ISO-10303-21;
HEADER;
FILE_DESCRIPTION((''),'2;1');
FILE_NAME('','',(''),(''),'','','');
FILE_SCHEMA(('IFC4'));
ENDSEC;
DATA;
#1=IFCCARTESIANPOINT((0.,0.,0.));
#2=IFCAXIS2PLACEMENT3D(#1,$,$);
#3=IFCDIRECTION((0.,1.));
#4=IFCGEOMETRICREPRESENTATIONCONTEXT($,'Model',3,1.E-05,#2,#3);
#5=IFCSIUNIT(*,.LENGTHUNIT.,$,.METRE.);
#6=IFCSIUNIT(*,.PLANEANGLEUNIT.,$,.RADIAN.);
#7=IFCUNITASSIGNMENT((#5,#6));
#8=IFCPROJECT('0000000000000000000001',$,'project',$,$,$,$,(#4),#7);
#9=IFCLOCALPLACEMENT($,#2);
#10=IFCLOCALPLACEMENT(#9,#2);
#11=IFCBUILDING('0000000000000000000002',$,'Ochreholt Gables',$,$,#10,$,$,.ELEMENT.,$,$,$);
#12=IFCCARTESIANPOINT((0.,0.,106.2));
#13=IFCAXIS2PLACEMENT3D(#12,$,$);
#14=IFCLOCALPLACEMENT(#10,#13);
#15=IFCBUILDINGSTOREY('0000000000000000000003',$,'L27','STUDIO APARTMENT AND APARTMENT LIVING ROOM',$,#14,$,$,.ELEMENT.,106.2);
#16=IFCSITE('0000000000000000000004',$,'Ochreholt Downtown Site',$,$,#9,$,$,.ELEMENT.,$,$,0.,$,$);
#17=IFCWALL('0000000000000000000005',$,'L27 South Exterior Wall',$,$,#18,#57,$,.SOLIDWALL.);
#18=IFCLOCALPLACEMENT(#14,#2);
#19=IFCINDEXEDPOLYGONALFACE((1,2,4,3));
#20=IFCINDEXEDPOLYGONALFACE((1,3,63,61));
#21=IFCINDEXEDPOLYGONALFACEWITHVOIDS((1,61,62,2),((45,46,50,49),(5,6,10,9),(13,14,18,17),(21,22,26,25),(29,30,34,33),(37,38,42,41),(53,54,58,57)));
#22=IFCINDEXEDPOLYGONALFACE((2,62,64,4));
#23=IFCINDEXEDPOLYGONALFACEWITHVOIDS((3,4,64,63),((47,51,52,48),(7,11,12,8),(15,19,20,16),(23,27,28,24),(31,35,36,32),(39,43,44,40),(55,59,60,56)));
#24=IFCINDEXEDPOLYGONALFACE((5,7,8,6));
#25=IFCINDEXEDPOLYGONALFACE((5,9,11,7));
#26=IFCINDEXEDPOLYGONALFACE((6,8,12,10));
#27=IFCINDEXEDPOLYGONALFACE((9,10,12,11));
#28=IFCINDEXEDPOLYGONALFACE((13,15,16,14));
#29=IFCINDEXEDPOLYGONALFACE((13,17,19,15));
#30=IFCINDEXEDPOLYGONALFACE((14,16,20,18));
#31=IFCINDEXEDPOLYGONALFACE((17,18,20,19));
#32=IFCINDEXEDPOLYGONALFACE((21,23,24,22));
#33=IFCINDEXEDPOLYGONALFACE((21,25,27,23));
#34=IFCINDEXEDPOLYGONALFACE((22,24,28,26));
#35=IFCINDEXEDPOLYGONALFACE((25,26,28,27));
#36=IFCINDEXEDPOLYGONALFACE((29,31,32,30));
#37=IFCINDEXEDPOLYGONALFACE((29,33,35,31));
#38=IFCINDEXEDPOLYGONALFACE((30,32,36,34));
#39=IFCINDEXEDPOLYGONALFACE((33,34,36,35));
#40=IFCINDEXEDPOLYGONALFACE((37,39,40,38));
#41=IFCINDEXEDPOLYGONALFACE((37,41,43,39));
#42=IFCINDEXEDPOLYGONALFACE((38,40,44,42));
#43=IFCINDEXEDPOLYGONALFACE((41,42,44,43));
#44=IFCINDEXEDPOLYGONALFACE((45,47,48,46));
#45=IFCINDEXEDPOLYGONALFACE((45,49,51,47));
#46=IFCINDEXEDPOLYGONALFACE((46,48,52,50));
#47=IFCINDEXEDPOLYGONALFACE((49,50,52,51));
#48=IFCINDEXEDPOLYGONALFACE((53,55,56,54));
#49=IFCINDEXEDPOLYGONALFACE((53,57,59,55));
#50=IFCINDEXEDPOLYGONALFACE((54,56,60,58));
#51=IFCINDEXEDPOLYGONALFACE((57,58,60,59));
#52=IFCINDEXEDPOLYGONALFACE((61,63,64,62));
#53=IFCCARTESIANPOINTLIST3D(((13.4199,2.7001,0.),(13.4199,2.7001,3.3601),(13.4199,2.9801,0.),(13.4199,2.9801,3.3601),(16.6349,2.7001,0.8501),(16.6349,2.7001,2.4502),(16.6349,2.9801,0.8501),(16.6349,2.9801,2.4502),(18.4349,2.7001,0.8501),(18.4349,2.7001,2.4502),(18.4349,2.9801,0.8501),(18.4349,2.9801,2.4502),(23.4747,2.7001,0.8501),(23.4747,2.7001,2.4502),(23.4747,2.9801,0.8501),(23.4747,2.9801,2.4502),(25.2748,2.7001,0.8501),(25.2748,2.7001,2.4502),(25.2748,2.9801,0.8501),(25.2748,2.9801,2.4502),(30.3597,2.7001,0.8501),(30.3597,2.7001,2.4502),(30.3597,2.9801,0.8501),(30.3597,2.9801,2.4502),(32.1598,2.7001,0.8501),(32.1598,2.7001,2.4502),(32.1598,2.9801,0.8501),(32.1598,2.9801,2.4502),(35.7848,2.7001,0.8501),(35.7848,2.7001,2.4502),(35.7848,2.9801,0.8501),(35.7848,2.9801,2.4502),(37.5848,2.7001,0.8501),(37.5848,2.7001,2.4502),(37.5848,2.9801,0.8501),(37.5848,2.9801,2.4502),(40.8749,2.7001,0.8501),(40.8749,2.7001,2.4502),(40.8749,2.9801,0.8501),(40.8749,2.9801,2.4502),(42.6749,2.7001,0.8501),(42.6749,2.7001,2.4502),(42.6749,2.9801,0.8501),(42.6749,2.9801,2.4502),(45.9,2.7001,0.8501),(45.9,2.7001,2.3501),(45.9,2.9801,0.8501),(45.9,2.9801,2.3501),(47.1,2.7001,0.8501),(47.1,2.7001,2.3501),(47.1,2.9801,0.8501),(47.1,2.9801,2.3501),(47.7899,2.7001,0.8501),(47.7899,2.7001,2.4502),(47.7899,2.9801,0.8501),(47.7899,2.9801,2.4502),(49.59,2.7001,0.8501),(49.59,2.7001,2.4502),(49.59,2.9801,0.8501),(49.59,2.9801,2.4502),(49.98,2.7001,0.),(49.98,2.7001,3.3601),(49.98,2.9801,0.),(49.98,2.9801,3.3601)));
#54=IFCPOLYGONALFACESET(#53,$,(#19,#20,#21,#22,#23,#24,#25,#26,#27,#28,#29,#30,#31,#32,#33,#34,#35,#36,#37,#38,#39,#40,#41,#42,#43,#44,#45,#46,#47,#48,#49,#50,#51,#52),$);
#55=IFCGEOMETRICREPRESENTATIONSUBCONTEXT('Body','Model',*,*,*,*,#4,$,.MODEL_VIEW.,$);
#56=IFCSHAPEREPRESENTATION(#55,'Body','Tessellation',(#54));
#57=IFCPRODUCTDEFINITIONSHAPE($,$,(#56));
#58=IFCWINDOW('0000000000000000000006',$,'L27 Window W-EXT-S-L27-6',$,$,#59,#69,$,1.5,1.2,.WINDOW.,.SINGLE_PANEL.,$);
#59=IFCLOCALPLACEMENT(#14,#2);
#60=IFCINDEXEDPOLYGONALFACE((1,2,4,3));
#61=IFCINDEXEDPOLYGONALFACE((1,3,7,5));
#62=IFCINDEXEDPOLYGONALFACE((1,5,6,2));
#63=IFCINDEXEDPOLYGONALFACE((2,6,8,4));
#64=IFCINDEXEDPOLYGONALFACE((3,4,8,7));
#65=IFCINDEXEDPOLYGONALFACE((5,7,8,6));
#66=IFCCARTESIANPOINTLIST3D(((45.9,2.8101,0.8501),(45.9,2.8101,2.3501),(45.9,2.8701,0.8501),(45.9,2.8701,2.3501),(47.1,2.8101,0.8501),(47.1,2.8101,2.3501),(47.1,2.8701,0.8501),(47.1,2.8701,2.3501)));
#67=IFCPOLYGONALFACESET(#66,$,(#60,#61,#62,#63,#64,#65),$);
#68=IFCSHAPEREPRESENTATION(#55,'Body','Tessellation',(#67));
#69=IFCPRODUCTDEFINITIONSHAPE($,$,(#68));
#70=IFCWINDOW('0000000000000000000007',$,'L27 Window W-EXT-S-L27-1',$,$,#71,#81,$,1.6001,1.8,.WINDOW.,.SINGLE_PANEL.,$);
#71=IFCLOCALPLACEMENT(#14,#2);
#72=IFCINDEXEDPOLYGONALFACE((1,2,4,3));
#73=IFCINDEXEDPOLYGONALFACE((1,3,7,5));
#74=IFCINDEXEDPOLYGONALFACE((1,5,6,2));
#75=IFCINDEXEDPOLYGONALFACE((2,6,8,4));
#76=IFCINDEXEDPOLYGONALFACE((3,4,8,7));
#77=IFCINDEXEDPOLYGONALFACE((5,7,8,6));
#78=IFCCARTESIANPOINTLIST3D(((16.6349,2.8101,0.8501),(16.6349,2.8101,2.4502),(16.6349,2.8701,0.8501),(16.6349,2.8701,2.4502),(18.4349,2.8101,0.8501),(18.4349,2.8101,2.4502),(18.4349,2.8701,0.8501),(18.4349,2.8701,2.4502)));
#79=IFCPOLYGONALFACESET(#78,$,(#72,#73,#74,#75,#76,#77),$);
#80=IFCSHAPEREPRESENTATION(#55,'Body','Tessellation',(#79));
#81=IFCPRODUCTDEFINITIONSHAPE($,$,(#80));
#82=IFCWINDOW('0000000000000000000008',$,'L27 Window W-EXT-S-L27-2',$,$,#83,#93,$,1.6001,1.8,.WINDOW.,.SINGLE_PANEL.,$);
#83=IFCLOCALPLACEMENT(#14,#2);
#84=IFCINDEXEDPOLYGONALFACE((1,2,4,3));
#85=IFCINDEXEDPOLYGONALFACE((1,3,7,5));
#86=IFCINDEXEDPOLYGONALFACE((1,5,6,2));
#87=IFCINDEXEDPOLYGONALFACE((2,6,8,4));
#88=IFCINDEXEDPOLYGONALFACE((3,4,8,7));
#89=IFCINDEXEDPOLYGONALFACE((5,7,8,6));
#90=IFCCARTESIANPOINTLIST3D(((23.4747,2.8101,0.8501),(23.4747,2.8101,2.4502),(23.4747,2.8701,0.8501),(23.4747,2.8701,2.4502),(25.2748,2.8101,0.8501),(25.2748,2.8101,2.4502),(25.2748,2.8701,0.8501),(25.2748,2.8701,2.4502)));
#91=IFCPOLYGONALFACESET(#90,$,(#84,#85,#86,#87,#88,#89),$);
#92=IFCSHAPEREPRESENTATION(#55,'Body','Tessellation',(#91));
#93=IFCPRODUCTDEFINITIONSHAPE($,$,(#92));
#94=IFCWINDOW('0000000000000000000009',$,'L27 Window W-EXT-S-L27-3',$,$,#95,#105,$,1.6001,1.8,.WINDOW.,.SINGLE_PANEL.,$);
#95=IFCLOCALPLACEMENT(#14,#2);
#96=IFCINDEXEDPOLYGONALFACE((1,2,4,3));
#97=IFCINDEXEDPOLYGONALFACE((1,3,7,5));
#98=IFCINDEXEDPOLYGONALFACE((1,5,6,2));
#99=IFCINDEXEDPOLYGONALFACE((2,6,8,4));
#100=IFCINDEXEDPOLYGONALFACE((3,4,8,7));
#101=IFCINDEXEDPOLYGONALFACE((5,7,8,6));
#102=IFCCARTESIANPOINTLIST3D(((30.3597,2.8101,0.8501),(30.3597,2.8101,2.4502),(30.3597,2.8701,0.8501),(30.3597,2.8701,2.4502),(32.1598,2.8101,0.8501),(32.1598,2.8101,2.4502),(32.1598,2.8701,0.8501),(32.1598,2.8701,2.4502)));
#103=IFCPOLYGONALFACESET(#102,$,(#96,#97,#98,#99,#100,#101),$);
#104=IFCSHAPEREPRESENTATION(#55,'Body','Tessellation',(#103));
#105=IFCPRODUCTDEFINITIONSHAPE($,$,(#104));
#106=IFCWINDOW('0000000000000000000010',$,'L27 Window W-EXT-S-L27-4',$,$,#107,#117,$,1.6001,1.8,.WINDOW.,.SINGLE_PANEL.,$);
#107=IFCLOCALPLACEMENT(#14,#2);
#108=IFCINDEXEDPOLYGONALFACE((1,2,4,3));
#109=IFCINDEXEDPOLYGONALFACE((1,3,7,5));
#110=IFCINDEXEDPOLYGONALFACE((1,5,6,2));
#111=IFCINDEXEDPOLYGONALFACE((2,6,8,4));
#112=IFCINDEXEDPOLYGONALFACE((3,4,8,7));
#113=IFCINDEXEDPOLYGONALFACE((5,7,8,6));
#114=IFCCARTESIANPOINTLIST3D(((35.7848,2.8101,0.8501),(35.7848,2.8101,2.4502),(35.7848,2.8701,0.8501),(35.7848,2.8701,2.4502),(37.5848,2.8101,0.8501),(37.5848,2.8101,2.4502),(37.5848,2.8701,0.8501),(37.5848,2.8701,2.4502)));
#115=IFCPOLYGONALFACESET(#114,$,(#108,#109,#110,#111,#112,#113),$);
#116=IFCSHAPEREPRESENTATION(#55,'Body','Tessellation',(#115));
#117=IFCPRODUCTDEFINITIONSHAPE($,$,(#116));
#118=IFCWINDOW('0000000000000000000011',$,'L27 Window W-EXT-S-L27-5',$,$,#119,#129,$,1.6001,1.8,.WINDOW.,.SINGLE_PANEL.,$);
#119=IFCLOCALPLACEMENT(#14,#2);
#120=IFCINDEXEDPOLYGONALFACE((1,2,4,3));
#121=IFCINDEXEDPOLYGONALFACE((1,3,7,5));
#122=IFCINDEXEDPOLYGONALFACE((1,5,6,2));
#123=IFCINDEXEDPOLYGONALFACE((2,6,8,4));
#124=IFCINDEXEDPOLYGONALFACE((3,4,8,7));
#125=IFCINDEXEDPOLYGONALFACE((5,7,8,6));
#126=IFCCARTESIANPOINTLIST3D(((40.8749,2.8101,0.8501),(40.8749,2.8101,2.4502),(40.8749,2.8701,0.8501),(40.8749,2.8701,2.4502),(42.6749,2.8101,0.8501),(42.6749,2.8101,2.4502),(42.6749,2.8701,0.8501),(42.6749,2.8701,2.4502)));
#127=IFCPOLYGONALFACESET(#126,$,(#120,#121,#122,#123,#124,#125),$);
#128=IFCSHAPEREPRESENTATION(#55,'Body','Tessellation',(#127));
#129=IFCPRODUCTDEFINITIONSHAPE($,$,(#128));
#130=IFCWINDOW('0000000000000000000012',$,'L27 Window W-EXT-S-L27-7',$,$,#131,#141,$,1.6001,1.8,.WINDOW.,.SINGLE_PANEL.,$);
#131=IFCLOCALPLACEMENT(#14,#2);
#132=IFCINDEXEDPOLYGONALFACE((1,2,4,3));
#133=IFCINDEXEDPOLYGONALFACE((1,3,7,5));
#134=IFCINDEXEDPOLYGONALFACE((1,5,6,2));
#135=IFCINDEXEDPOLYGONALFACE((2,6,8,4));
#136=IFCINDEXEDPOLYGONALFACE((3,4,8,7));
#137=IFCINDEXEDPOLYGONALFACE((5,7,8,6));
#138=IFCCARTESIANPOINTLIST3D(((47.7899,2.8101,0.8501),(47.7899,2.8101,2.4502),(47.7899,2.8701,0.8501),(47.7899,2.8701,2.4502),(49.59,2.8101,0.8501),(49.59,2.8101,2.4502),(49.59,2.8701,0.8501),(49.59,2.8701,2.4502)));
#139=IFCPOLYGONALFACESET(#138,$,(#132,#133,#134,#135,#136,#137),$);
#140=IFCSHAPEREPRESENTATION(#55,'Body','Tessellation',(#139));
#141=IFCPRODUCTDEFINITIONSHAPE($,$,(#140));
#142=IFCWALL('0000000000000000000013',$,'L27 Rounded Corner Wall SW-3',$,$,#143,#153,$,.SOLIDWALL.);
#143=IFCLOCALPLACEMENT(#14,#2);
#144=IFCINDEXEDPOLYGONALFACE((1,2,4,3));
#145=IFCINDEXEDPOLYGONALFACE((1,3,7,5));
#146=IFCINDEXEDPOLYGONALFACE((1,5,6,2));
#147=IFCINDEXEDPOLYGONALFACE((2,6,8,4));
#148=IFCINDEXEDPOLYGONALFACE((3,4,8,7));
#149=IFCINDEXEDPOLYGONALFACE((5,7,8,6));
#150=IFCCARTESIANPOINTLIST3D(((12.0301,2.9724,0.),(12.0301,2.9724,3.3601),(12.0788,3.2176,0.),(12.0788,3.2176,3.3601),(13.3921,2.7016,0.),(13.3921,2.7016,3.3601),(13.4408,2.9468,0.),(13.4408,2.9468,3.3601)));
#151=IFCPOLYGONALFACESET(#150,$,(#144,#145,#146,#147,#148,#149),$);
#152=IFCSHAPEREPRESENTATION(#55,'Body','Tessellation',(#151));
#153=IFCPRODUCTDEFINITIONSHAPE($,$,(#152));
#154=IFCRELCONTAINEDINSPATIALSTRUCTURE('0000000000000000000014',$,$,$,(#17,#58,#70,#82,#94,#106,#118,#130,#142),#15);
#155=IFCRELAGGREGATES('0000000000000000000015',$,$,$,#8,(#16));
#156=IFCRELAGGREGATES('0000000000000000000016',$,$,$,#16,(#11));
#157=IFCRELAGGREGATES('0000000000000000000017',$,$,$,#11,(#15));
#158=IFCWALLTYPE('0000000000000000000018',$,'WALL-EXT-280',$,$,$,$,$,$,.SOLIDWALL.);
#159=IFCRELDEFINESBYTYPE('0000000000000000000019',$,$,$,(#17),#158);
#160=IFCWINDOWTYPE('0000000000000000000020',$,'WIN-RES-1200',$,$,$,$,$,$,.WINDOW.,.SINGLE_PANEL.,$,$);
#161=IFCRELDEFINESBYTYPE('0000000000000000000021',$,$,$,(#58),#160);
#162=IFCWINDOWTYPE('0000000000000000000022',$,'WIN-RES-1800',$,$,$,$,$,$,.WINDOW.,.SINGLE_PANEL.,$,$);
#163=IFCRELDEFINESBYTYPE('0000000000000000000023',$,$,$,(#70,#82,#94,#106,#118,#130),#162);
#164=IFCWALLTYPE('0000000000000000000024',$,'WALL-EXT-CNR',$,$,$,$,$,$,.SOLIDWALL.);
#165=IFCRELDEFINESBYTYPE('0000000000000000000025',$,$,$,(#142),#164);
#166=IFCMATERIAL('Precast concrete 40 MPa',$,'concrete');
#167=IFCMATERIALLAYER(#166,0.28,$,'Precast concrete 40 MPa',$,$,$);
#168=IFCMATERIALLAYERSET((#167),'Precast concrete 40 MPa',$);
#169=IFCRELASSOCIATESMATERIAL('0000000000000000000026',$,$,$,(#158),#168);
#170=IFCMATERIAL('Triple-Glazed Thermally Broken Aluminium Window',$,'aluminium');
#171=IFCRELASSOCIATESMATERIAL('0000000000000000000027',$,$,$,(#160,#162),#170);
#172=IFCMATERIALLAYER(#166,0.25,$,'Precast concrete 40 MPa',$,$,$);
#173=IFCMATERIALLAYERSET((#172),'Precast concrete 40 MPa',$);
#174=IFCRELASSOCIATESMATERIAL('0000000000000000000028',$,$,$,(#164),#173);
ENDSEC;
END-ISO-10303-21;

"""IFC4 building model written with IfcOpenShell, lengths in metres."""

from ifc_helpers import new_model, si_unit, direction, frame, frame_2d, origin, place, context, subcontext, project, spatial, rectangle, extrude, material, layer, layer_set, type_object, element, fill, save


model = new_model("IFC4")

# Units and contexts
model_context = context("Model", 3, precision=1e-05, world=origin(), true_north=direction((0.0, 1.0)))
body_context = subcontext(model_context, "Body", "Model", "MODEL_VIEW")
ifc_project = project(units=[si_unit("LENGTHUNIT", "METRE"), si_unit("PLANEANGLEUNIT", "RADIAN")], contexts=[model_context])

# Site, building, storey
site_placement = place(None, origin())
site = spatial("IfcSite", under=ifc_project, at=site_placement, Name="Ochreholt Downtown Site", CompositionType="ELEMENT", RefElevation=0.0)
building_placement = place(site_placement, origin())
building = spatial("IfcBuilding", under=site, at=building_placement, Name="Ochreholt Gables", CompositionType="ELEMENT")
storey_placement = place(building_placement, frame((0.0, 0.0, 106.2)))
storey = spatial("IfcBuildingStorey", under=building, at=storey_placement, Name="L27", Description="STUDIO APARTMENT AND APARTMENT LIVING ROOM", CompositionType="ELEMENT", Elevation=106.2)

# Wall, openings, windows
ifc_material_1 = material(Name="Precast concrete 40 MPa", Category="concrete")
ifc_layer_1 = layer(ifc_material_1, 0.28, Name="Precast concrete 40 MPa")
ifc_layer_set_1 = layer_set([ifc_layer_1], Name="Precast concrete 40 MPa")
wall_type_1 = type_object("IfcWallType", Name="WALL-EXT-280", PredefinedType="SOLIDWALL", material=ifc_layer_set_1)
wall_1_placement = place(storey_placement, frame((13.4199, 2.8401, 0.0), z_axis=(0.0, 0.0, 1.0), x_axis=(1.0, 0.0, 0.0)))
wall_1 = element("IfcWall", 1, at=wall_1_placement, inside=storey, type_object=wall_type_1, Name="L27 South Exterior Wall", PredefinedType="SOLIDWALL", context=body_context, shape_type="SweptSolid", body=[
    extrude(rectangle(XDim=36.5601, YDim=0.28, at=frame_2d((18.28, 0.0))), origin(), (0.0, 0.0, 1.0), 3.3601),
])
opening_1_placement = place(wall_1_placement, frame((3.2151, 0.0, 0.8501)))
opening_1 = element("IfcOpeningElement", 2, at=opening_1_placement, cuts=wall_1, PredefinedType="OPENING", context=body_context, shape_type="SweptSolid", body=[
    extrude(rectangle(XDim=1.8, YDim=1.6001, at=frame_2d((0.8999, 0.8))), frame((0.0, 0.1499, 0.0), z_axis=(0.0, -1.0, 0.0), x_axis=(1.0, 0.0, 0.0)), (0.0, 0.0, 1.0), 0.3),
])
opening_2_placement = place(wall_1_placement, frame((10.0549, 0.0, 0.8501)))
opening_2 = element("IfcOpeningElement", 3, at=opening_2_placement, cuts=wall_1, PredefinedType="OPENING", context=body_context, shape_type="SweptSolid", body=[
    extrude(rectangle(XDim=1.8, YDim=1.6001, at=frame_2d((0.8999, 0.8))), frame((0.0, 0.1499, 0.0), z_axis=(0.0, -1.0, 0.0), x_axis=(1.0, 0.0, 0.0)), (0.0, 0.0, 1.0), 0.3),
])
opening_3_placement = place(wall_1_placement, frame((16.9399, 0.0, 0.8501)))
opening_3 = element("IfcOpeningElement", 4, at=opening_3_placement, cuts=wall_1, PredefinedType="OPENING", context=body_context, shape_type="SweptSolid", body=[
    extrude(rectangle(XDim=1.8, YDim=1.6001, at=frame_2d((0.8999, 0.8))), frame((0.0, 0.1499, 0.0), z_axis=(0.0, -1.0, 0.0), x_axis=(1.0, 0.0, 0.0)), (0.0, 0.0, 1.0), 0.3),
])
opening_4_placement = place(wall_1_placement, frame((22.365, 0.0, 0.8501)))
opening_4 = element("IfcOpeningElement", 5, at=opening_4_placement, cuts=wall_1, PredefinedType="OPENING", context=body_context, shape_type="SweptSolid", body=[
    extrude(rectangle(XDim=1.8, YDim=1.6001, at=frame_2d((0.8999, 0.8))), frame((0.0, 0.1499, 0.0), z_axis=(0.0, -1.0, 0.0), x_axis=(1.0, 0.0, 0.0)), (0.0, 0.0, 1.0), 0.3),
])
opening_5_placement = place(wall_1_placement, frame((27.4551, 0.0, 0.8501)))
opening_5 = element("IfcOpeningElement", 6, at=opening_5_placement, cuts=wall_1, PredefinedType="OPENING", context=body_context, shape_type="SweptSolid", body=[
    extrude(rectangle(XDim=1.8, YDim=1.6001, at=frame_2d((0.8999, 0.8))), frame((0.0, 0.1499, 0.0), z_axis=(0.0, -1.0, 0.0), x_axis=(1.0, 0.0, 0.0)), (0.0, 0.0, 1.0), 0.3),
])
opening_6_placement = place(wall_1_placement, frame((32.48, 0.0, 0.8501)))
opening_6 = element("IfcOpeningElement", 7, at=opening_6_placement, cuts=wall_1, PredefinedType="OPENING", context=body_context, shape_type="SweptSolid", body=[
    extrude(rectangle(XDim=1.2, YDim=1.5, at=frame_2d((0.6001, 0.75))), frame((0.0, 0.1499, 0.0), z_axis=(0.0, -1.0, 0.0), x_axis=(1.0, 0.0, 0.0)), (0.0, 0.0, 1.0), 0.3),
])
opening_7_placement = place(wall_1_placement, frame((34.3701, 0.0, 0.8501)))
opening_7 = element("IfcOpeningElement", 8, at=opening_7_placement, cuts=wall_1, PredefinedType="OPENING", context=body_context, shape_type="SweptSolid", body=[
    extrude(rectangle(XDim=1.8, YDim=1.6001, at=frame_2d((0.8999, 0.8))), frame((0.0, 0.1499, 0.0), z_axis=(0.0, -1.0, 0.0), x_axis=(1.0, 0.0, 0.0)), (0.0, 0.0, 1.0), 0.3),
])
ifc_material_2 = material(Name="Triple-Glazed Thermally Broken Aluminium Window", Category="aluminium")
window_type_1 = type_object("IfcWindowType", Name="WIN-RES-1200", PartitioningType="SINGLE_PANEL", PredefinedType="WINDOW", material=ifc_material_2)
window_1_placement = place(opening_6_placement, origin())
window_1 = element("IfcWindow", 9, at=window_1_placement, inside=storey, type_object=window_type_1, Name="L27 Window W-EXT-S-L27-6", OverallHeight=1.5, OverallWidth=1.2, PartitioningType="SINGLE_PANEL", PredefinedType="WINDOW", context=body_context, shape_type="SweptSolid", body=[
    extrude(rectangle(XDim=1.2, YDim=1.5, at=frame_2d((0.6001, 0.75))), frame((0.0, 0.03, 0.0), z_axis=(0.0, -1.0, 0.0), x_axis=(1.0, 0.0, 0.0)), (0.0, 0.0, 1.0), 0.0601),
])
fill(opening_6, window_1)
window_type_2 = type_object("IfcWindowType", Name="WIN-RES-1800", PartitioningType="SINGLE_PANEL", PredefinedType="WINDOW", material=ifc_material_2)
window_2_placement = place(opening_1_placement, origin())
window_2 = element("IfcWindow", 10, at=window_2_placement, inside=storey, type_object=window_type_2, Name="L27 Window W-EXT-S-L27-1", OverallHeight=1.6001, OverallWidth=1.8, PartitioningType="SINGLE_PANEL", PredefinedType="WINDOW", context=body_context, shape_type="SweptSolid", body=[
    extrude(rectangle(XDim=1.8, YDim=1.6001, at=frame_2d((0.8999, 0.8))), frame((0.0, 0.03, 0.0), z_axis=(0.0, -1.0, 0.0), x_axis=(1.0, 0.0, 0.0)), (0.0, 0.0, 1.0), 0.0601),
])
fill(opening_1, window_2)
window_3_placement = place(opening_2_placement, origin())
window_3 = element("IfcWindow", 11, at=window_3_placement, inside=storey, type_object=window_type_2, Name="L27 Window W-EXT-S-L27-2", OverallHeight=1.6001, OverallWidth=1.8, PartitioningType="SINGLE_PANEL", PredefinedType="WINDOW", context=body_context, shape_type="SweptSolid", body=[
    extrude(rectangle(XDim=1.8, YDim=1.6001, at=frame_2d((0.8999, 0.8))), frame((0.0, 0.03, 0.0), z_axis=(0.0, -1.0, 0.0), x_axis=(1.0, 0.0, 0.0)), (0.0, 0.0, 1.0), 0.0601),
])
fill(opening_2, window_3)
window_4_placement = place(opening_3_placement, origin())
window_4 = element("IfcWindow", 12, at=window_4_placement, inside=storey, type_object=window_type_2, Name="L27 Window W-EXT-S-L27-3", OverallHeight=1.6001, OverallWidth=1.8, PartitioningType="SINGLE_PANEL", PredefinedType="WINDOW", context=body_context, shape_type="SweptSolid", body=[
    extrude(rectangle(XDim=1.8, YDim=1.6001, at=frame_2d((0.8999, 0.8))), frame((0.0, 0.03, 0.0), z_axis=(0.0, -1.0, 0.0), x_axis=(1.0, 0.0, 0.0)), (0.0, 0.0, 1.0), 0.0601),
])
fill(opening_3, window_4)
window_5_placement = place(opening_4_placement, origin())
window_5 = element("IfcWindow", 13, at=window_5_placement, inside=storey, type_object=window_type_2, Name="L27 Window W-EXT-S-L27-4", OverallHeight=1.6001, OverallWidth=1.8, PartitioningType="SINGLE_PANEL", PredefinedType="WINDOW", context=body_context, shape_type="SweptSolid", body=[
    extrude(rectangle(XDim=1.8, YDim=1.6001, at=frame_2d((0.8999, 0.8))), frame((0.0, 0.03, 0.0), z_axis=(0.0, -1.0, 0.0), x_axis=(1.0, 0.0, 0.0)), (0.0, 0.0, 1.0), 0.0601),
])
fill(opening_4, window_5)
window_6_placement = place(opening_5_placement, origin())
window_6 = element("IfcWindow", 14, at=window_6_placement, inside=storey, type_object=window_type_2, Name="L27 Window W-EXT-S-L27-5", OverallHeight=1.6001, OverallWidth=1.8, PartitioningType="SINGLE_PANEL", PredefinedType="WINDOW", context=body_context, shape_type="SweptSolid", body=[
    extrude(rectangle(XDim=1.8, YDim=1.6001, at=frame_2d((0.8999, 0.8))), frame((0.0, 0.03, 0.0), z_axis=(0.0, -1.0, 0.0), x_axis=(1.0, 0.0, 0.0)), (0.0, 0.0, 1.0), 0.0601),
])
fill(opening_5, window_6)
window_7_placement = place(opening_7_placement, origin())
window_7 = element("IfcWindow", 15, at=window_7_placement, inside=storey, type_object=window_type_2, Name="L27 Window W-EXT-S-L27-7", OverallHeight=1.6001, OverallWidth=1.8, PartitioningType="SINGLE_PANEL", PredefinedType="WINDOW", context=body_context, shape_type="SweptSolid", body=[
    extrude(rectangle(XDim=1.8, YDim=1.6001, at=frame_2d((0.8999, 0.8))), frame((0.0, 0.03, 0.0), z_axis=(0.0, -1.0, 0.0), x_axis=(1.0, 0.0, 0.0)), (0.0, 0.0, 1.0), 0.0601),
])
fill(opening_7, window_7)

# Wall
ifc_layer_2 = layer(ifc_material_1, 0.25, Name="Precast concrete 40 MPa")
ifc_layer_set_2 = layer_set([ifc_layer_2], Name="Precast concrete 40 MPa")
wall_type_2 = type_object("IfcWallType", Name="WALL-EXT-CNR", PredefinedType="SOLIDWALL", material=ifc_layer_set_2)
wall_2_placement = place(storey_placement, frame((12.0544, 3.095, 0.0), z_axis=(0.0, 0.0, 1.0), x_axis=(0.98081, -0.194967, 0.0)))
element("IfcWall", 16, at=wall_2_placement, inside=storey, type_object=wall_type_2, Name="L27 Rounded Corner Wall SW-3", PredefinedType="SOLIDWALL", context=body_context, shape_type="SweptSolid", body=[
    extrude(rectangle(XDim=1.3887, YDim=0.25, at=frame_2d((0.6943, 0.0))), origin(), (0.0, 0.0, 1.0), 3.3601),
])

save(model, "model.ifc")
